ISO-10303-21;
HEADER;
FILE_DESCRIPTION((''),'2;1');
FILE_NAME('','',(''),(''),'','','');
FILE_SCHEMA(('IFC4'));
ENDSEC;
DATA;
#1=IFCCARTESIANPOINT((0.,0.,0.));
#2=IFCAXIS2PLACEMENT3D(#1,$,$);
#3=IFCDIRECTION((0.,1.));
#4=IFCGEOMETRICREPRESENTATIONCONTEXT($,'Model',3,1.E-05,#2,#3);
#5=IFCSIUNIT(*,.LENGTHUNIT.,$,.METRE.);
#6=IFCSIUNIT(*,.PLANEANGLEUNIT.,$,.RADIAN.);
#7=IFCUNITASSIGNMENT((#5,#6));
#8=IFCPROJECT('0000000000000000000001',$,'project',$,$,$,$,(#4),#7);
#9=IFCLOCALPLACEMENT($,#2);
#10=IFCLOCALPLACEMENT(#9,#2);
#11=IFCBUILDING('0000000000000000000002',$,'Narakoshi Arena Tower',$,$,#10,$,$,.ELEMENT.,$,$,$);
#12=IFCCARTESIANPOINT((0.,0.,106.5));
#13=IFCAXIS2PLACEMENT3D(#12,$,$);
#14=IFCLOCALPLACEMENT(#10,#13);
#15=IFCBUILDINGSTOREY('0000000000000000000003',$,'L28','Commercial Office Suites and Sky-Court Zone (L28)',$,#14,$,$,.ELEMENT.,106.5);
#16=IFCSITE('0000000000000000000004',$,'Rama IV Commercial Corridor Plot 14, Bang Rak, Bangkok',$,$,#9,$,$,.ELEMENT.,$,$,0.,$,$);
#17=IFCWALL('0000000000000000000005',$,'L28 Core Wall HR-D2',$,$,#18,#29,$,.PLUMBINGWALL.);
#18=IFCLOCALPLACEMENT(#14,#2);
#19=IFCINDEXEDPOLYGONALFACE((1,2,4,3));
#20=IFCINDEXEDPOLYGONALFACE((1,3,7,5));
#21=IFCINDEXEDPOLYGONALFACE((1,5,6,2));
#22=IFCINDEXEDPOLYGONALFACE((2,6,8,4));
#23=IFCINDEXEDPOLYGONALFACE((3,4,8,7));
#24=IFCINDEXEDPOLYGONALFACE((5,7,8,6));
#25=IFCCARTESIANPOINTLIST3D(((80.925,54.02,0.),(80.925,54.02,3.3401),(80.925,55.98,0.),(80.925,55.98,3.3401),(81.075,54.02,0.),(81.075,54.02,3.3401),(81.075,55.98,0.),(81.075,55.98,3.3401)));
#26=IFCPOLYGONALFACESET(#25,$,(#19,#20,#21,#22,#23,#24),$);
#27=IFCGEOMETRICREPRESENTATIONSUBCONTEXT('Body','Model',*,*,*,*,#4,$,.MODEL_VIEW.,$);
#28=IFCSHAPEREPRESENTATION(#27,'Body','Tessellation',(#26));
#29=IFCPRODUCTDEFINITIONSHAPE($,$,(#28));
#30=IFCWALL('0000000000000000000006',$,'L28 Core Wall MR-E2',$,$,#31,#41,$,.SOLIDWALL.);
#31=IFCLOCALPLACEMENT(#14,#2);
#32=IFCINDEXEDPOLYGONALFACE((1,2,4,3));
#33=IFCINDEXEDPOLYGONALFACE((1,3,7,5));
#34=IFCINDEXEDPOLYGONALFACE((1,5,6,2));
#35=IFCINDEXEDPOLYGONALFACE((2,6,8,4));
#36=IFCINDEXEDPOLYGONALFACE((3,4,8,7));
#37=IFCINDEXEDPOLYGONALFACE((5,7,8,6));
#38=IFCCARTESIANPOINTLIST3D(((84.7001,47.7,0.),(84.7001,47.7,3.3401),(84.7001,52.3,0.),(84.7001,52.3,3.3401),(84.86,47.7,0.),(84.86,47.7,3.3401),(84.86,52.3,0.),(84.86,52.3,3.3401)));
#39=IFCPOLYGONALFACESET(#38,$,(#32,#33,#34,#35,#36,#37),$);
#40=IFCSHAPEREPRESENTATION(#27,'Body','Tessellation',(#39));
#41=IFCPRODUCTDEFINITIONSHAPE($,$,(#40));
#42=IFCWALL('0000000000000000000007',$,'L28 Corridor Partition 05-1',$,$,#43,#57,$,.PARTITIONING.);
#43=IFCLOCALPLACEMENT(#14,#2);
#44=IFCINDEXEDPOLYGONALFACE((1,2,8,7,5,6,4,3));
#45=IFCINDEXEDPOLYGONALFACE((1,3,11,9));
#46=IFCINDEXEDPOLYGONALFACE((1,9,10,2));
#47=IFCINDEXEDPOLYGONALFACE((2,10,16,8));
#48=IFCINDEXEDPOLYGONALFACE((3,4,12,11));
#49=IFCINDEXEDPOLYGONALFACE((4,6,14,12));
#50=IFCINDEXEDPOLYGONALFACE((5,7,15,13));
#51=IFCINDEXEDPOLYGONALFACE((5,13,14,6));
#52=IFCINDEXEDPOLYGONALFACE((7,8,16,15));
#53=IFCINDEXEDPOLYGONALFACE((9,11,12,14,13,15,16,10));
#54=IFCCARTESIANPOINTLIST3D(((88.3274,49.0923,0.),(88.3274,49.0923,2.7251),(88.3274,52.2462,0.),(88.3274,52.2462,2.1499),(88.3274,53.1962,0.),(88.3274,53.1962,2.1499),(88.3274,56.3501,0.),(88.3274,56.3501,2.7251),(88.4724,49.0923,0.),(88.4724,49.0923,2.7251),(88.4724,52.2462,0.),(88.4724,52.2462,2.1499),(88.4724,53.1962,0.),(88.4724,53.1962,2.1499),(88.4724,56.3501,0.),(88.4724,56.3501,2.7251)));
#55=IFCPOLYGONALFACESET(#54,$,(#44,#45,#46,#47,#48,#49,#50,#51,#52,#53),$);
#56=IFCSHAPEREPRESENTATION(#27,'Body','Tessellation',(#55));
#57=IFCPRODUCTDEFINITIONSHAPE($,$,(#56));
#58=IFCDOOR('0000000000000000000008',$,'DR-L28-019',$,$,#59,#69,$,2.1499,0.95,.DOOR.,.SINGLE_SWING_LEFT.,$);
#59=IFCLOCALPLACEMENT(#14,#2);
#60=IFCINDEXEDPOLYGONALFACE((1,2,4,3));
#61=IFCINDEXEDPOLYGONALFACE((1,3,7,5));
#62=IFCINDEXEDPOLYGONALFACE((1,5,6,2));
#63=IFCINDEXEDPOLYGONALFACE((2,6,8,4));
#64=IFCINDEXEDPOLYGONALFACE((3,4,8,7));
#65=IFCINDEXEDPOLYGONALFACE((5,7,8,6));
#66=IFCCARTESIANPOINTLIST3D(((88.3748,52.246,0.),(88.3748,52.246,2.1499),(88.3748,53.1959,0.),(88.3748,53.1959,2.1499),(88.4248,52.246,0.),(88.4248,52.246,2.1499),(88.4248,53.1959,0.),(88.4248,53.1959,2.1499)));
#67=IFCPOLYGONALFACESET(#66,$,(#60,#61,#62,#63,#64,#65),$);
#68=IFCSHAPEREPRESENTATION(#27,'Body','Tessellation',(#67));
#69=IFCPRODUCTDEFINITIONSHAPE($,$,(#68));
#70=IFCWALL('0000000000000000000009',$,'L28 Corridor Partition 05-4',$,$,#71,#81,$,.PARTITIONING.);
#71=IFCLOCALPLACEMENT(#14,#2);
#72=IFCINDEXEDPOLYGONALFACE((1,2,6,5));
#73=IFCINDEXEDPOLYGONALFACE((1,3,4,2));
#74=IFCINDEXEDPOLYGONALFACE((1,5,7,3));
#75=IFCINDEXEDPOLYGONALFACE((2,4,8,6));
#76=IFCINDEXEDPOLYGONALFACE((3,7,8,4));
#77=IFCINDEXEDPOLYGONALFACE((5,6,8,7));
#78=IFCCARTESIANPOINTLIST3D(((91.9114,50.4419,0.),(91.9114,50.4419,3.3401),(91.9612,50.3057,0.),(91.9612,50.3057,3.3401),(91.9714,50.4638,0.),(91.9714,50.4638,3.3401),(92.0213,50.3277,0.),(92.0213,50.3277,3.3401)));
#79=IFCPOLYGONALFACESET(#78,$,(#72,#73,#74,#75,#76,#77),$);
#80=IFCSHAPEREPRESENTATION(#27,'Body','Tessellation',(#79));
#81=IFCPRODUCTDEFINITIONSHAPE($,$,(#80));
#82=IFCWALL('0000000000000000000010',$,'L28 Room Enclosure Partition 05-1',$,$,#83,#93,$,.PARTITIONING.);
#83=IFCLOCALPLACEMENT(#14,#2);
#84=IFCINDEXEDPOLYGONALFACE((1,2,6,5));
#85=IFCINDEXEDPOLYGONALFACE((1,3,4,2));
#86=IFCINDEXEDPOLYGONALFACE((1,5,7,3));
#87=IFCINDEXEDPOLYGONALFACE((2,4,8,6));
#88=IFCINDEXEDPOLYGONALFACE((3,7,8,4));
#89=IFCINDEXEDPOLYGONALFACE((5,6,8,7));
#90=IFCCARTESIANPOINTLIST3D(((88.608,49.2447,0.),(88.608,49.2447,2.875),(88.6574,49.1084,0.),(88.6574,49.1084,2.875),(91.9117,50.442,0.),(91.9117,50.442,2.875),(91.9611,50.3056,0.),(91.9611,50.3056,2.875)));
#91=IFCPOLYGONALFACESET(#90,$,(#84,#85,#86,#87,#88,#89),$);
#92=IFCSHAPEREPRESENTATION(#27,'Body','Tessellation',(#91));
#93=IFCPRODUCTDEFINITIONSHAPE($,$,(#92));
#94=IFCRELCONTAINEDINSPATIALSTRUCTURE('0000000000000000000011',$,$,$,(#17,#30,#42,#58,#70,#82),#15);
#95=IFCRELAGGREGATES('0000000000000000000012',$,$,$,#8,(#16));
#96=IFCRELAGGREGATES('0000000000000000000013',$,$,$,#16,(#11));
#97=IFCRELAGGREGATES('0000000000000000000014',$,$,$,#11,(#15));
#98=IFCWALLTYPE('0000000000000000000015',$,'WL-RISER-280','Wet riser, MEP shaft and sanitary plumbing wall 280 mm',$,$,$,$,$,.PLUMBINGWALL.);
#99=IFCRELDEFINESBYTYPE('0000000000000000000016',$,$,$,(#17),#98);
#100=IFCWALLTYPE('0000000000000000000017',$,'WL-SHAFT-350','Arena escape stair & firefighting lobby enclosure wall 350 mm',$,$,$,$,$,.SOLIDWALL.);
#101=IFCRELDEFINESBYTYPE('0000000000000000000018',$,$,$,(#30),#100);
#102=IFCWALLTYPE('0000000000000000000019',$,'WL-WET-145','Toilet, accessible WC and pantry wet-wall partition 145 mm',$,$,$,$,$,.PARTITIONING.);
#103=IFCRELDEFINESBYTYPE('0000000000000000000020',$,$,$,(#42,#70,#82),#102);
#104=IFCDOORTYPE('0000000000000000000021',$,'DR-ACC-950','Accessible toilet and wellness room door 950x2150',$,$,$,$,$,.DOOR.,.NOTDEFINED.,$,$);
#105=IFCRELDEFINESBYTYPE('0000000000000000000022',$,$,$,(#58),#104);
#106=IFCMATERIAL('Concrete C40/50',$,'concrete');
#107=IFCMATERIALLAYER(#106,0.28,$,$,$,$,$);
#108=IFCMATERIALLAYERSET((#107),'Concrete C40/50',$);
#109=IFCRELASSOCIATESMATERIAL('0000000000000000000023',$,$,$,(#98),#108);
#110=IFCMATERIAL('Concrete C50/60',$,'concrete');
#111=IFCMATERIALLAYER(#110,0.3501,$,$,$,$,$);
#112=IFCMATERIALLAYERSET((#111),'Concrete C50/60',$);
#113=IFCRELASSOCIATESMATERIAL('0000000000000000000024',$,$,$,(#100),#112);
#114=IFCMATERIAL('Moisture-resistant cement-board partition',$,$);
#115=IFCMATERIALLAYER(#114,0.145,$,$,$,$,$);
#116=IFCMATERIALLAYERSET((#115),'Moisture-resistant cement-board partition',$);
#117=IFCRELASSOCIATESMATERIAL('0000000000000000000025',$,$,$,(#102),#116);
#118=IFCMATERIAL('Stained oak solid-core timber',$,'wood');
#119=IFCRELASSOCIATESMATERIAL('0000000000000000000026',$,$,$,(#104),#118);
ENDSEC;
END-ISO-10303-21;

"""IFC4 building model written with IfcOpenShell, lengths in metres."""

from ifc_helpers import new_model, si_unit, direction, frame, frame_2d, origin, place, context, subcontext, project, spatial, rectangle, extrude, material, layer, layer_set, type_object, element, fill, save


model = new_model("IFC4")

# Units and contexts
model_context = context("Model", 3, precision=1e-05, world=origin(), true_north=direction((0.0, 1.0)))
body_context = subcontext(model_context, "Body", "Model", "MODEL_VIEW")
ifc_project = project(units=[si_unit("LENGTHUNIT", "METRE"), si_unit("PLANEANGLEUNIT", "RADIAN")], contexts=[model_context])

# Site, building, storey
site_placement = place(None, origin())
site = spatial("IfcSite", under=ifc_project, at=site_placement, Name="Rama IV Commercial Corridor Plot 14, Bang Rak, Bangkok", CompositionType="ELEMENT", RefElevation=0.0)
building_placement = place(site_placement, origin())
building = spatial("IfcBuilding", under=site, at=building_placement, Name="Narakoshi Arena Tower", CompositionType="ELEMENT")
storey_placement = place(building_placement, frame((0.0, 0.0, 106.5)))
storey = spatial("IfcBuildingStorey", under=building, at=storey_placement, Name="L28", Description="Commercial Office Suites and Sky-Court Zone (L28)", CompositionType="ELEMENT", Elevation=106.5)

# Shared definitions
ifc_material_1 = material(Name="Stained oak solid-core timber", Category="wood")

# Shared definitions
ifc_material_2 = material(Name="Concrete C40/50", Category="concrete")
ifc_layer_1 = layer(ifc_material_2, 0.28)
ifc_layer_set_1 = layer_set([ifc_layer_1], Name="Concrete C40/50")
wall_type_1 = type_object("IfcWallType", Name="WL-RISER-280", Description="Wet riser, MEP shaft and sanitary plumbing wall 280 mm", PredefinedType="PLUMBINGWALL", material=ifc_layer_set_1)

# Walls
wall_1_placement = place(storey_placement, frame((81.0, 54.02, 0.0), z_axis=(0.0, 0.0, 1.0), x_axis=(0.0, 1.0, 0.0)))
element("IfcWall", 1, at=wall_1_placement, inside=storey, type_object=wall_type_1, Name="L28 Core Wall HR-D2", PredefinedType="PLUMBINGWALL", context=body_context, shape_type="SweptSolid", body=[
    extrude(rectangle(XDim=1.96, YDim=0.1499, at=frame_2d((0.98, 0.0))), origin(), (0.0, 0.0, 1.0), 3.3401),
])
ifc_material_3 = material(Name="Concrete C50/60", Category="concrete")
ifc_layer_2 = layer(ifc_material_3, 0.3501)
ifc_layer_set_2 = layer_set([ifc_layer_2], Name="Concrete C50/60")
wall_type_2 = type_object("IfcWallType", Name="WL-SHAFT-350", Description="Arena escape stair & firefighting lobby enclosure wall 350 mm", PredefinedType="SOLIDWALL", material=ifc_layer_set_2)
wall_2_placement = place(storey_placement, frame((84.78, 47.7, 0.0), z_axis=(0.0, 0.0, 1.0), x_axis=(0.0, 1.0, 0.0)))
element("IfcWall", 2, at=wall_2_placement, inside=storey, type_object=wall_type_2, Name="L28 Core Wall MR-E2", PredefinedType="SOLIDWALL", context=body_context, shape_type="SweptSolid", body=[
    extrude(rectangle(XDim=4.6001, YDim=0.1599, at=frame_2d((2.3, 0.0))), origin(), (0.0, 0.0, 1.0), 3.3401),
])

# Wall, opening, door
ifc_material_4 = material(Name="Moisture-resistant cement-board partition")
ifc_layer_3 = layer(ifc_material_4, 0.145)
ifc_layer_set_3 = layer_set([ifc_layer_3], Name="Moisture-resistant cement-board partition")
wall_type_3 = type_object("IfcWallType", Name="WL-WET-145", Description="Toilet, accessible WC and pantry wet-wall partition 145 mm", PredefinedType="PARTITIONING", material=ifc_layer_set_3)
wall_3_placement = place(storey_placement, frame((88.3999, 49.0923, 0.0), z_axis=(0.0, 0.0, 1.0), x_axis=(0.0, 1.0, 0.0)))
wall_3 = element("IfcWall", 3, at=wall_3_placement, inside=storey, type_object=wall_type_3, Name="L28 Corridor Partition 05-1", PredefinedType="PARTITIONING", context=body_context, shape_type="SweptSolid", body=[
    extrude(rectangle(XDim=7.2578, YDim=0.145, at=frame_2d((3.6289, 0.0))), origin(), (0.0, 0.0, 1.0), 2.7251),
])
opening_1_placement = place(wall_3_placement, frame((3.1538, 0.0, 0.0)))
opening_1 = element("IfcOpeningElement", 4, at=opening_1_placement, cuts=wall_3, PredefinedType="OPENING", context=body_context, shape_type="SweptSolid", body=[
    extrude(rectangle(XDim=0.95, YDim=2.1499, at=frame_2d((0.4751, 1.075))), frame((0.0, 0.0825, 0.0), z_axis=(0.0, -1.0, 0.0), x_axis=(1.0, 0.0, 0.0)), (0.0, 0.0, 1.0), 0.165),
])
door_type_1 = type_object("IfcDoorType", Name="DR-ACC-950", Description="Accessible toilet and wellness room door 950x2150", OperationType="NOTDEFINED", PredefinedType="DOOR", material=ifc_material_1)
door_1_placement = place(opening_1_placement, frame((0.95, 0.0, 0.0), z_axis=(0.0, 0.0, 1.0), x_axis=(-1.0, 0.0, 0.0)))
door_1 = element("IfcDoor", 5, at=door_1_placement, inside=storey, type_object=door_type_1, Name="DR-L28-019", OperationType="SINGLE_SWING_LEFT", OverallHeight=2.1499, OverallWidth=0.95, PredefinedType="DOOR", context=body_context, shape_type="SweptSolid", body=[
    extrude(rectangle(XDim=0.95, YDim=2.1499, at=frame_2d((0.4751, 1.075))), frame((0.0, 0.0249, 0.0), z_axis=(0.0, -1.0, 0.0), x_axis=(1.0, 0.0, 0.0)), (0.0, 0.0, 1.0), 0.05),
])
fill(opening_1, door_1)

# Walls
wall_4_placement = place(storey_placement, frame((91.9963, 50.3958, 0.0), z_axis=(0.0, 0.0, 1.0), x_axis=(-0.939123, -0.343582, 0.0)))
element("IfcWall", 6, at=wall_4_placement, inside=storey, type_object=wall_type_3, Name="L28 Corridor Partition 05-4", PredefinedType="PARTITIONING", context=body_context, shape_type="SweptSolid", body=[
    extrude(rectangle(XDim=0.064, YDim=0.145, at=frame_2d((0.032, 0.0))), origin(), (0.0, 0.0, 1.0), 3.3401),
])
wall_5_placement = place(storey_placement, frame((91.9363, 50.3738, 0.0), z_axis=(0.0, 0.0, 1.0), x_axis=(-0.940166, -0.340716, 0.0)))
element("IfcWall", 7, at=wall_5_placement, inside=storey, type_object=wall_type_3, Name="L28 Room Enclosure Partition 05-1", PredefinedType="PARTITIONING", context=body_context, shape_type="SweptSolid", body=[
    extrude(rectangle(XDim=3.5139, YDim=0.145, at=frame_2d((1.7568, 0.0))), origin(), (0.0, 0.0, 1.0), 2.875),
])

save(model, "model.ifc")
